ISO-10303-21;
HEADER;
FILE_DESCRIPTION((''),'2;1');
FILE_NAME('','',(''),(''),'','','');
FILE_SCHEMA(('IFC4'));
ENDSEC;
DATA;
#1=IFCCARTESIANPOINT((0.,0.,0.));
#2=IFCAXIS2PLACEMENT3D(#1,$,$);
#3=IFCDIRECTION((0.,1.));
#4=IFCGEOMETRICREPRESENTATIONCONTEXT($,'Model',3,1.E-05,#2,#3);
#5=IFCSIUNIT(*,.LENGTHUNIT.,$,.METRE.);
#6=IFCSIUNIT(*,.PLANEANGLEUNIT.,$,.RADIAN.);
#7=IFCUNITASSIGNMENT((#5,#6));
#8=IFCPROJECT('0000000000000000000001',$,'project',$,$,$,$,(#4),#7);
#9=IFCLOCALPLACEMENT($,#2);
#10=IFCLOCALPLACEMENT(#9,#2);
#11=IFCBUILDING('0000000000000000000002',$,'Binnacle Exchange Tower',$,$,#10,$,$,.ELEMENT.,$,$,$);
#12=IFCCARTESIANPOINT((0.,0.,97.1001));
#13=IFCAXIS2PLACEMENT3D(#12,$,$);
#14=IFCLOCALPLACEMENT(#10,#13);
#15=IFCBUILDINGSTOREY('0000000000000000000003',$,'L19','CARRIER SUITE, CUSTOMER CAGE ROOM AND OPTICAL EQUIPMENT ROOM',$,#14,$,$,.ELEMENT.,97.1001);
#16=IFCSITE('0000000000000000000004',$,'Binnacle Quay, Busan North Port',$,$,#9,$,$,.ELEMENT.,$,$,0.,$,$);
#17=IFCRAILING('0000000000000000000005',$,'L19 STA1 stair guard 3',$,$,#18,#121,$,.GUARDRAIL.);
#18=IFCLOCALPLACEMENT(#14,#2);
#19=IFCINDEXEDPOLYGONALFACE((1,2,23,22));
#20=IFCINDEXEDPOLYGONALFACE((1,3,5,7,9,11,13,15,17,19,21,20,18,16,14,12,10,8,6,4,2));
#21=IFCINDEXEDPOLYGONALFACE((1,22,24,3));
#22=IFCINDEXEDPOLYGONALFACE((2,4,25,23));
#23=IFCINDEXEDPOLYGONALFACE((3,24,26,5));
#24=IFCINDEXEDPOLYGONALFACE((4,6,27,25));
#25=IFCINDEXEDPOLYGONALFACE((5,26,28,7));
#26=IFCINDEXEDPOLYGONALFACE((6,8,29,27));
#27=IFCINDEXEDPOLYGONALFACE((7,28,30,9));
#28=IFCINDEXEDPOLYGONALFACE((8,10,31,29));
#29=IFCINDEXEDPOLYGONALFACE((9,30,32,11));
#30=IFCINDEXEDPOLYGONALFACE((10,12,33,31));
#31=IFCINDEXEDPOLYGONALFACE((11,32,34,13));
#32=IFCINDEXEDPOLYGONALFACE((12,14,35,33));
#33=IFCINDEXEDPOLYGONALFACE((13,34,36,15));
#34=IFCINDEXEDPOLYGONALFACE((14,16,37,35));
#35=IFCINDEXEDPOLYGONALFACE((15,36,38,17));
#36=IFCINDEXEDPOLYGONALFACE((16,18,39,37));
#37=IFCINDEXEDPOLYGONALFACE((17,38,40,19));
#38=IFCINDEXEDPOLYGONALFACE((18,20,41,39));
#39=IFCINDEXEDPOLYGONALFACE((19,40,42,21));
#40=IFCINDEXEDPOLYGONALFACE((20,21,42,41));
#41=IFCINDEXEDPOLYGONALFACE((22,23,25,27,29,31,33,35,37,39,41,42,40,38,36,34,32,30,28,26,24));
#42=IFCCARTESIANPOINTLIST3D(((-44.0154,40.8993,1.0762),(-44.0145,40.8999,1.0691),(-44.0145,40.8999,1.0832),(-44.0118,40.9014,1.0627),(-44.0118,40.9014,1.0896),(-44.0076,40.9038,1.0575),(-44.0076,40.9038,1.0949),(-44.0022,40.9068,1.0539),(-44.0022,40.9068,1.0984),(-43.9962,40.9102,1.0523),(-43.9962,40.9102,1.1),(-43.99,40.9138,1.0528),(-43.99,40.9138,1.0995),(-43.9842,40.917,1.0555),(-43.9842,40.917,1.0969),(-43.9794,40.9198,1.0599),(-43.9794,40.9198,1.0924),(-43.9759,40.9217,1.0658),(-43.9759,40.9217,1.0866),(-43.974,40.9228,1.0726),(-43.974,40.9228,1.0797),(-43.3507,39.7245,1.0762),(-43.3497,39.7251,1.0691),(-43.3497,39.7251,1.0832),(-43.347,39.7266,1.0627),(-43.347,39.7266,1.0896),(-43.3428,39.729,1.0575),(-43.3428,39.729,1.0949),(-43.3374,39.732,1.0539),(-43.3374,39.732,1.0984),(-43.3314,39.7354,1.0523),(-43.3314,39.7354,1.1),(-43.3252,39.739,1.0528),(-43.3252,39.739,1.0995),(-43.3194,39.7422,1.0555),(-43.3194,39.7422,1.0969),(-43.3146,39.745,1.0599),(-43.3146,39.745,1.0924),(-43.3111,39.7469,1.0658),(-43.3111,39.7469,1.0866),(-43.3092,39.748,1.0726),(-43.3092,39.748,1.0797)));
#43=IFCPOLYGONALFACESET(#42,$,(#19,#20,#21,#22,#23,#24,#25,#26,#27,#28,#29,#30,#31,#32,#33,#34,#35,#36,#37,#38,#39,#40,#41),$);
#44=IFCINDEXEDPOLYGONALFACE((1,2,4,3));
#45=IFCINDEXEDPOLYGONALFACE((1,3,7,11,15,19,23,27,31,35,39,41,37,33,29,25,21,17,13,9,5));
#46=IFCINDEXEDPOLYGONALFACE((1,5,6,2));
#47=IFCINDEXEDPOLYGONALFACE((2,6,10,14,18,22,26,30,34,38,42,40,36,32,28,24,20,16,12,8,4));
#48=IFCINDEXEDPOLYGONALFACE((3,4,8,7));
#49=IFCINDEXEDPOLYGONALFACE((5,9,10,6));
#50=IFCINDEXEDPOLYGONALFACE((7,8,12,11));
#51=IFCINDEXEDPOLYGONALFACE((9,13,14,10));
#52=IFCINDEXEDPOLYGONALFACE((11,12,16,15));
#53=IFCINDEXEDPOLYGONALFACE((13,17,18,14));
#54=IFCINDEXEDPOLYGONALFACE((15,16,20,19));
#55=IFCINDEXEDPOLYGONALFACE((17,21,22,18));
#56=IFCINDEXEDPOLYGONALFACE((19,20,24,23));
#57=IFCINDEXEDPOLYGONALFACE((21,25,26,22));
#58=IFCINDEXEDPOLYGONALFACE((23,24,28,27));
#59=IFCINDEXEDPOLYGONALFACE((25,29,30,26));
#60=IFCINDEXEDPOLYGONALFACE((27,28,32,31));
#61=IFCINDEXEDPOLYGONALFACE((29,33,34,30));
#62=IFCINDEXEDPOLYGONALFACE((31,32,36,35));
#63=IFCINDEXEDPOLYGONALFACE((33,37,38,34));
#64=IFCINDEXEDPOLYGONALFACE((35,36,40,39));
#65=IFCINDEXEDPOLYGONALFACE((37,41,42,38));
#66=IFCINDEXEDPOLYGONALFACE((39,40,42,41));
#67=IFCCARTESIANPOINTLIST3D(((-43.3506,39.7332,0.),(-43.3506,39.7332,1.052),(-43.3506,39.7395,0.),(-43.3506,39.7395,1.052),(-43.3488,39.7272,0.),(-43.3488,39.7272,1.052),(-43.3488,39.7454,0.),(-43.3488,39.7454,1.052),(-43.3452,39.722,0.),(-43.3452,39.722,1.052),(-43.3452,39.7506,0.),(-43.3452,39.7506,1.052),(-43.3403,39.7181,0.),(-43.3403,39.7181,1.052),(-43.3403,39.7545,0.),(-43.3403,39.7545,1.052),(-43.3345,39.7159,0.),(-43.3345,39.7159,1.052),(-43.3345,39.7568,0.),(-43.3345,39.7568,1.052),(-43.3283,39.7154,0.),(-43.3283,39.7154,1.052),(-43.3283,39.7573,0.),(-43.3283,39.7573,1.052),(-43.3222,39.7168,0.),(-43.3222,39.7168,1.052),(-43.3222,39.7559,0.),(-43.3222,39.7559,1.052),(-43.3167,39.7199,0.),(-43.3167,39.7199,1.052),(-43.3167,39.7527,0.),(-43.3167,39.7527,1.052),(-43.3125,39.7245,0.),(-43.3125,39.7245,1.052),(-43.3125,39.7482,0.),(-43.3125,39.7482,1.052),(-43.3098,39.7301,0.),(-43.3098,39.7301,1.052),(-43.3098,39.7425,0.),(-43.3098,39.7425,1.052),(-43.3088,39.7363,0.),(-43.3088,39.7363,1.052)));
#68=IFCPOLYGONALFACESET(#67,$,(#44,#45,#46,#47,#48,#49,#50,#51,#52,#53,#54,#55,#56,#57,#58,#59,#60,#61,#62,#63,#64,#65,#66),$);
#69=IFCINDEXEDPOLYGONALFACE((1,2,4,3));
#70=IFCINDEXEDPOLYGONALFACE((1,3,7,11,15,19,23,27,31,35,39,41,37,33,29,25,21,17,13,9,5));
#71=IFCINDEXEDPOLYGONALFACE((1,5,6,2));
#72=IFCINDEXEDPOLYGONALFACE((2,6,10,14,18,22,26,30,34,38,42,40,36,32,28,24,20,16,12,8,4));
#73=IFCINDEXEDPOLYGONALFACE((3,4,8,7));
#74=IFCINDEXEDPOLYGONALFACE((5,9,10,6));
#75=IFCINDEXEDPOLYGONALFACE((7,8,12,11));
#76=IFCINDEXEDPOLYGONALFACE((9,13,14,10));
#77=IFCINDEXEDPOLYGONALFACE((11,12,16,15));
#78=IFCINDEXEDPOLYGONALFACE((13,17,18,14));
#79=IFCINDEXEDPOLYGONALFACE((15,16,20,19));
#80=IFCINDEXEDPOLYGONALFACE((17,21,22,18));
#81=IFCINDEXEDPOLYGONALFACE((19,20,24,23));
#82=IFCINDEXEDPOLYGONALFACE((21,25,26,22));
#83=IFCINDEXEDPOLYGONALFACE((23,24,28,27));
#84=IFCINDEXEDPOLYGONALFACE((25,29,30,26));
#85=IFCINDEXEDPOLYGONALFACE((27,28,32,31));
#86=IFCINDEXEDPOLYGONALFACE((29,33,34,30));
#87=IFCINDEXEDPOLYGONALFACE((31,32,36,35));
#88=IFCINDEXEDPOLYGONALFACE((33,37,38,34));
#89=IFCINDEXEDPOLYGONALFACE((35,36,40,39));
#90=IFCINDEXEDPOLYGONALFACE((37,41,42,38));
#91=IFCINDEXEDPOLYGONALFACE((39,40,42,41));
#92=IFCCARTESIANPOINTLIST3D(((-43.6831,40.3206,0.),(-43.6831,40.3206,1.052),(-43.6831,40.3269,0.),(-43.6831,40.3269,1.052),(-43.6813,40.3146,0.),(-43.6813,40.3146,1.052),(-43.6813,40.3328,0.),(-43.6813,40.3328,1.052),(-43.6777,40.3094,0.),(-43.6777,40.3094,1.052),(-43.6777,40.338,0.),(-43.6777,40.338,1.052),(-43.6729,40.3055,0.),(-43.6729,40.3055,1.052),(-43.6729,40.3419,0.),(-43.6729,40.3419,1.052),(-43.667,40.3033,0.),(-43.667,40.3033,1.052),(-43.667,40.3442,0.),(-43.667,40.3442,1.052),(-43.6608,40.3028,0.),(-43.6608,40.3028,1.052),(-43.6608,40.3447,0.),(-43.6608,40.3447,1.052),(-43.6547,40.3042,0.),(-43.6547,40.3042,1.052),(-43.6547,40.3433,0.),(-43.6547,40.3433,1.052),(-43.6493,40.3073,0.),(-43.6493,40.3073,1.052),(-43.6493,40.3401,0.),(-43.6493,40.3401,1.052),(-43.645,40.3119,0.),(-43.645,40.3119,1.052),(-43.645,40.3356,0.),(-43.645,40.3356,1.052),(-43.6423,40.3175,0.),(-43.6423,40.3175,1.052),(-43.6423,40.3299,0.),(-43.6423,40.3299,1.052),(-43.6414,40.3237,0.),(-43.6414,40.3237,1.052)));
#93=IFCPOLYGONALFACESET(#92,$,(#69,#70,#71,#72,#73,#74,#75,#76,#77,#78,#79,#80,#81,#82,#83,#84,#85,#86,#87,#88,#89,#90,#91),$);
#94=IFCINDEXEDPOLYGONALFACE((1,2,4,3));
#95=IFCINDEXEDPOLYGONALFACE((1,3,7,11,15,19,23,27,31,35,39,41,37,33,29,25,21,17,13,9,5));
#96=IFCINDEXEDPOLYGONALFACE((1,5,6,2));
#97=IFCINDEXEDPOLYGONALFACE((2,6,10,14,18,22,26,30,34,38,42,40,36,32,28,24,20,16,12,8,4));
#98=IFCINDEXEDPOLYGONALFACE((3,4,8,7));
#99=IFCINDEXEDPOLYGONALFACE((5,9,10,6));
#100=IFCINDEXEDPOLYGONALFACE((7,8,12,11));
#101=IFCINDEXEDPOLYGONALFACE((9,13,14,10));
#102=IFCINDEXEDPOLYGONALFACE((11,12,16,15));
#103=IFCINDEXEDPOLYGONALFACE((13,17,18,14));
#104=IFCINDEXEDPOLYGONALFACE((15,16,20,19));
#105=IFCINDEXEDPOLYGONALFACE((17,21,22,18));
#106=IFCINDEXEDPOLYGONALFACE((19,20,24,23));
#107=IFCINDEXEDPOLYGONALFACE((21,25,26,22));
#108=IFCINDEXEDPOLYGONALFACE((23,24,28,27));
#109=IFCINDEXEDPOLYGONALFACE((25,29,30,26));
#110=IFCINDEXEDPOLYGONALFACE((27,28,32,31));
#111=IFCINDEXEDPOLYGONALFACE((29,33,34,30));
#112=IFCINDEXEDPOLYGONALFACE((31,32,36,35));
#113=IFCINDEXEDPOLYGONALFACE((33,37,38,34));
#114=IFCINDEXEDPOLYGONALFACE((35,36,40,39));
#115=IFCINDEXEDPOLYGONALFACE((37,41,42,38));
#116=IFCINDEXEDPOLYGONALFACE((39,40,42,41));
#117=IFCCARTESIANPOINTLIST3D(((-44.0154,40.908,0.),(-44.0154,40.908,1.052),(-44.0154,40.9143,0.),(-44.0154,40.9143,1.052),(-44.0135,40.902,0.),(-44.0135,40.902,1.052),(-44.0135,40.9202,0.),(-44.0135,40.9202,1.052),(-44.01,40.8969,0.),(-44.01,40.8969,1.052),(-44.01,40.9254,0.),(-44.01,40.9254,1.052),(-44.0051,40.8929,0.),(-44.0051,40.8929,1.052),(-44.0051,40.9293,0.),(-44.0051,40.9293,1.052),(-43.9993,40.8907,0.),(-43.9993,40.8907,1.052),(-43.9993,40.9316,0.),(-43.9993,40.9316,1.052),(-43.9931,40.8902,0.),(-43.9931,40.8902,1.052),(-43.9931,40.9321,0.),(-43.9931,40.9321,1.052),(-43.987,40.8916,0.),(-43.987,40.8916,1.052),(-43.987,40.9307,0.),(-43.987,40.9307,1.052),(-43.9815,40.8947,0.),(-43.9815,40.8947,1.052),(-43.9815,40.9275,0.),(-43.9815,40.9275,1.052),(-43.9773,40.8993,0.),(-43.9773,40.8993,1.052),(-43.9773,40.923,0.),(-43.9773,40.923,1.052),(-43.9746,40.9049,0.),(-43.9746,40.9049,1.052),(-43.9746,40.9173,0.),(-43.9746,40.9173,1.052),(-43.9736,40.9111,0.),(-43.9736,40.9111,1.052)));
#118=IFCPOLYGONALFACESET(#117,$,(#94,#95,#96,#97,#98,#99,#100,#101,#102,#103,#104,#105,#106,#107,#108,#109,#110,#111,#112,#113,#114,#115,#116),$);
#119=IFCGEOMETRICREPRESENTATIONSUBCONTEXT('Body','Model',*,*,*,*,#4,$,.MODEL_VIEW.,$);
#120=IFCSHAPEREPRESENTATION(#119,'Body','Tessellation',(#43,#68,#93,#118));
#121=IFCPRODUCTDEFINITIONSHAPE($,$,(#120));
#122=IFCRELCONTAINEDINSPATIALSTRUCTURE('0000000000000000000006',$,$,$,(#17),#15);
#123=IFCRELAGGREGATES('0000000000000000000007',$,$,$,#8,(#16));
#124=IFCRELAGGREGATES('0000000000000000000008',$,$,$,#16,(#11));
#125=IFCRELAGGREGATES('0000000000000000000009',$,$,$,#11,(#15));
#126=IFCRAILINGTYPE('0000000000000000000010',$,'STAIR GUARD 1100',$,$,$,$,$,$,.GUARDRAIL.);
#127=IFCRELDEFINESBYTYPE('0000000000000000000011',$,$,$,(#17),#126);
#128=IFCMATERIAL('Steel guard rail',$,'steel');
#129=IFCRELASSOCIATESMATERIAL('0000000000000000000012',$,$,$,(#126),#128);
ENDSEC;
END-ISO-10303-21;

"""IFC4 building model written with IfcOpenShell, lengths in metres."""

from ifc_helpers import new_model, si_unit, direction, frame, origin, origin_2d, place, context, subcontext, project, spatial, circle, extrude, material, type_object, element, save


model = new_model("IFC4")

# Units and contexts
model_context = context("Model", 3, precision=1e-05, world=origin(), true_north=direction((0.0, 1.0)))
body_context = subcontext(model_context, "Body", "Model", "MODEL_VIEW")
ifc_project = project(units=[si_unit("LENGTHUNIT", "METRE"), si_unit("PLANEANGLEUNIT", "RADIAN")], contexts=[model_context])

# Site, building, storey
site_placement = place(None, origin())
site = spatial("IfcSite", under=ifc_project, at=site_placement, Name="Binnacle Quay, Busan North Port", CompositionType="ELEMENT", RefElevation=0.0)
building_placement = place(site_placement, origin())
building = spatial("IfcBuilding", under=site, at=building_placement, Name="Binnacle Exchange Tower", CompositionType="ELEMENT")
storey_placement = place(building_placement, frame((0.0, 0.0, 97.1001)))
storey = spatial("IfcBuildingStorey", under=building, at=storey_placement, Name="L19", Description="CARRIER SUITE, CUSTOMER CAGE ROOM AND OPTICAL EQUIPMENT ROOM", CompositionType="ELEMENT", Elevation=97.1001)

# Railing
ifc_material_1 = material(Name="Steel guard rail", Category="steel")
railing_type = type_object("IfcRailingType", Name="STAIR GUARD 1100", PredefinedType="GUARDRAIL", material=ifc_material_1)
railing_1_placement = place(storey_placement, frame((-43.3298, 39.7363, 0.0)))
element("IfcRailing", 1, at=railing_1_placement, inside=storey, type_object=railing_type, Name="L19 STA1 stair guard 3", PredefinedType="GUARDRAIL", context=body_context, shape_type="SweptSolid", body=[
    extrude(circle(Radius=0.0239, at=origin_2d()), frame((0.0, 0.0, 1.0762), z_axis=(-0.492492, 0.870317, 0.0), x_axis=(-0.870317, -0.492492, 0.0)), (0.0, 0.0, 1.0), 1.3499),
    extrude(circle(Radius=0.021, at=origin_2d()), origin(), (0.0, 0.0, 1.0), 1.052),
    extrude(circle(Radius=0.021, at=origin_2d()), frame((-0.3325, 0.5874, 0.0)), (0.0, 0.0, 1.0), 1.052),
    extrude(circle(Radius=0.021, at=origin_2d()), frame((-0.6648, 1.1748, 0.0)), (0.0, 0.0, 1.0), 1.052),
])

save(model, "model.ifc")
